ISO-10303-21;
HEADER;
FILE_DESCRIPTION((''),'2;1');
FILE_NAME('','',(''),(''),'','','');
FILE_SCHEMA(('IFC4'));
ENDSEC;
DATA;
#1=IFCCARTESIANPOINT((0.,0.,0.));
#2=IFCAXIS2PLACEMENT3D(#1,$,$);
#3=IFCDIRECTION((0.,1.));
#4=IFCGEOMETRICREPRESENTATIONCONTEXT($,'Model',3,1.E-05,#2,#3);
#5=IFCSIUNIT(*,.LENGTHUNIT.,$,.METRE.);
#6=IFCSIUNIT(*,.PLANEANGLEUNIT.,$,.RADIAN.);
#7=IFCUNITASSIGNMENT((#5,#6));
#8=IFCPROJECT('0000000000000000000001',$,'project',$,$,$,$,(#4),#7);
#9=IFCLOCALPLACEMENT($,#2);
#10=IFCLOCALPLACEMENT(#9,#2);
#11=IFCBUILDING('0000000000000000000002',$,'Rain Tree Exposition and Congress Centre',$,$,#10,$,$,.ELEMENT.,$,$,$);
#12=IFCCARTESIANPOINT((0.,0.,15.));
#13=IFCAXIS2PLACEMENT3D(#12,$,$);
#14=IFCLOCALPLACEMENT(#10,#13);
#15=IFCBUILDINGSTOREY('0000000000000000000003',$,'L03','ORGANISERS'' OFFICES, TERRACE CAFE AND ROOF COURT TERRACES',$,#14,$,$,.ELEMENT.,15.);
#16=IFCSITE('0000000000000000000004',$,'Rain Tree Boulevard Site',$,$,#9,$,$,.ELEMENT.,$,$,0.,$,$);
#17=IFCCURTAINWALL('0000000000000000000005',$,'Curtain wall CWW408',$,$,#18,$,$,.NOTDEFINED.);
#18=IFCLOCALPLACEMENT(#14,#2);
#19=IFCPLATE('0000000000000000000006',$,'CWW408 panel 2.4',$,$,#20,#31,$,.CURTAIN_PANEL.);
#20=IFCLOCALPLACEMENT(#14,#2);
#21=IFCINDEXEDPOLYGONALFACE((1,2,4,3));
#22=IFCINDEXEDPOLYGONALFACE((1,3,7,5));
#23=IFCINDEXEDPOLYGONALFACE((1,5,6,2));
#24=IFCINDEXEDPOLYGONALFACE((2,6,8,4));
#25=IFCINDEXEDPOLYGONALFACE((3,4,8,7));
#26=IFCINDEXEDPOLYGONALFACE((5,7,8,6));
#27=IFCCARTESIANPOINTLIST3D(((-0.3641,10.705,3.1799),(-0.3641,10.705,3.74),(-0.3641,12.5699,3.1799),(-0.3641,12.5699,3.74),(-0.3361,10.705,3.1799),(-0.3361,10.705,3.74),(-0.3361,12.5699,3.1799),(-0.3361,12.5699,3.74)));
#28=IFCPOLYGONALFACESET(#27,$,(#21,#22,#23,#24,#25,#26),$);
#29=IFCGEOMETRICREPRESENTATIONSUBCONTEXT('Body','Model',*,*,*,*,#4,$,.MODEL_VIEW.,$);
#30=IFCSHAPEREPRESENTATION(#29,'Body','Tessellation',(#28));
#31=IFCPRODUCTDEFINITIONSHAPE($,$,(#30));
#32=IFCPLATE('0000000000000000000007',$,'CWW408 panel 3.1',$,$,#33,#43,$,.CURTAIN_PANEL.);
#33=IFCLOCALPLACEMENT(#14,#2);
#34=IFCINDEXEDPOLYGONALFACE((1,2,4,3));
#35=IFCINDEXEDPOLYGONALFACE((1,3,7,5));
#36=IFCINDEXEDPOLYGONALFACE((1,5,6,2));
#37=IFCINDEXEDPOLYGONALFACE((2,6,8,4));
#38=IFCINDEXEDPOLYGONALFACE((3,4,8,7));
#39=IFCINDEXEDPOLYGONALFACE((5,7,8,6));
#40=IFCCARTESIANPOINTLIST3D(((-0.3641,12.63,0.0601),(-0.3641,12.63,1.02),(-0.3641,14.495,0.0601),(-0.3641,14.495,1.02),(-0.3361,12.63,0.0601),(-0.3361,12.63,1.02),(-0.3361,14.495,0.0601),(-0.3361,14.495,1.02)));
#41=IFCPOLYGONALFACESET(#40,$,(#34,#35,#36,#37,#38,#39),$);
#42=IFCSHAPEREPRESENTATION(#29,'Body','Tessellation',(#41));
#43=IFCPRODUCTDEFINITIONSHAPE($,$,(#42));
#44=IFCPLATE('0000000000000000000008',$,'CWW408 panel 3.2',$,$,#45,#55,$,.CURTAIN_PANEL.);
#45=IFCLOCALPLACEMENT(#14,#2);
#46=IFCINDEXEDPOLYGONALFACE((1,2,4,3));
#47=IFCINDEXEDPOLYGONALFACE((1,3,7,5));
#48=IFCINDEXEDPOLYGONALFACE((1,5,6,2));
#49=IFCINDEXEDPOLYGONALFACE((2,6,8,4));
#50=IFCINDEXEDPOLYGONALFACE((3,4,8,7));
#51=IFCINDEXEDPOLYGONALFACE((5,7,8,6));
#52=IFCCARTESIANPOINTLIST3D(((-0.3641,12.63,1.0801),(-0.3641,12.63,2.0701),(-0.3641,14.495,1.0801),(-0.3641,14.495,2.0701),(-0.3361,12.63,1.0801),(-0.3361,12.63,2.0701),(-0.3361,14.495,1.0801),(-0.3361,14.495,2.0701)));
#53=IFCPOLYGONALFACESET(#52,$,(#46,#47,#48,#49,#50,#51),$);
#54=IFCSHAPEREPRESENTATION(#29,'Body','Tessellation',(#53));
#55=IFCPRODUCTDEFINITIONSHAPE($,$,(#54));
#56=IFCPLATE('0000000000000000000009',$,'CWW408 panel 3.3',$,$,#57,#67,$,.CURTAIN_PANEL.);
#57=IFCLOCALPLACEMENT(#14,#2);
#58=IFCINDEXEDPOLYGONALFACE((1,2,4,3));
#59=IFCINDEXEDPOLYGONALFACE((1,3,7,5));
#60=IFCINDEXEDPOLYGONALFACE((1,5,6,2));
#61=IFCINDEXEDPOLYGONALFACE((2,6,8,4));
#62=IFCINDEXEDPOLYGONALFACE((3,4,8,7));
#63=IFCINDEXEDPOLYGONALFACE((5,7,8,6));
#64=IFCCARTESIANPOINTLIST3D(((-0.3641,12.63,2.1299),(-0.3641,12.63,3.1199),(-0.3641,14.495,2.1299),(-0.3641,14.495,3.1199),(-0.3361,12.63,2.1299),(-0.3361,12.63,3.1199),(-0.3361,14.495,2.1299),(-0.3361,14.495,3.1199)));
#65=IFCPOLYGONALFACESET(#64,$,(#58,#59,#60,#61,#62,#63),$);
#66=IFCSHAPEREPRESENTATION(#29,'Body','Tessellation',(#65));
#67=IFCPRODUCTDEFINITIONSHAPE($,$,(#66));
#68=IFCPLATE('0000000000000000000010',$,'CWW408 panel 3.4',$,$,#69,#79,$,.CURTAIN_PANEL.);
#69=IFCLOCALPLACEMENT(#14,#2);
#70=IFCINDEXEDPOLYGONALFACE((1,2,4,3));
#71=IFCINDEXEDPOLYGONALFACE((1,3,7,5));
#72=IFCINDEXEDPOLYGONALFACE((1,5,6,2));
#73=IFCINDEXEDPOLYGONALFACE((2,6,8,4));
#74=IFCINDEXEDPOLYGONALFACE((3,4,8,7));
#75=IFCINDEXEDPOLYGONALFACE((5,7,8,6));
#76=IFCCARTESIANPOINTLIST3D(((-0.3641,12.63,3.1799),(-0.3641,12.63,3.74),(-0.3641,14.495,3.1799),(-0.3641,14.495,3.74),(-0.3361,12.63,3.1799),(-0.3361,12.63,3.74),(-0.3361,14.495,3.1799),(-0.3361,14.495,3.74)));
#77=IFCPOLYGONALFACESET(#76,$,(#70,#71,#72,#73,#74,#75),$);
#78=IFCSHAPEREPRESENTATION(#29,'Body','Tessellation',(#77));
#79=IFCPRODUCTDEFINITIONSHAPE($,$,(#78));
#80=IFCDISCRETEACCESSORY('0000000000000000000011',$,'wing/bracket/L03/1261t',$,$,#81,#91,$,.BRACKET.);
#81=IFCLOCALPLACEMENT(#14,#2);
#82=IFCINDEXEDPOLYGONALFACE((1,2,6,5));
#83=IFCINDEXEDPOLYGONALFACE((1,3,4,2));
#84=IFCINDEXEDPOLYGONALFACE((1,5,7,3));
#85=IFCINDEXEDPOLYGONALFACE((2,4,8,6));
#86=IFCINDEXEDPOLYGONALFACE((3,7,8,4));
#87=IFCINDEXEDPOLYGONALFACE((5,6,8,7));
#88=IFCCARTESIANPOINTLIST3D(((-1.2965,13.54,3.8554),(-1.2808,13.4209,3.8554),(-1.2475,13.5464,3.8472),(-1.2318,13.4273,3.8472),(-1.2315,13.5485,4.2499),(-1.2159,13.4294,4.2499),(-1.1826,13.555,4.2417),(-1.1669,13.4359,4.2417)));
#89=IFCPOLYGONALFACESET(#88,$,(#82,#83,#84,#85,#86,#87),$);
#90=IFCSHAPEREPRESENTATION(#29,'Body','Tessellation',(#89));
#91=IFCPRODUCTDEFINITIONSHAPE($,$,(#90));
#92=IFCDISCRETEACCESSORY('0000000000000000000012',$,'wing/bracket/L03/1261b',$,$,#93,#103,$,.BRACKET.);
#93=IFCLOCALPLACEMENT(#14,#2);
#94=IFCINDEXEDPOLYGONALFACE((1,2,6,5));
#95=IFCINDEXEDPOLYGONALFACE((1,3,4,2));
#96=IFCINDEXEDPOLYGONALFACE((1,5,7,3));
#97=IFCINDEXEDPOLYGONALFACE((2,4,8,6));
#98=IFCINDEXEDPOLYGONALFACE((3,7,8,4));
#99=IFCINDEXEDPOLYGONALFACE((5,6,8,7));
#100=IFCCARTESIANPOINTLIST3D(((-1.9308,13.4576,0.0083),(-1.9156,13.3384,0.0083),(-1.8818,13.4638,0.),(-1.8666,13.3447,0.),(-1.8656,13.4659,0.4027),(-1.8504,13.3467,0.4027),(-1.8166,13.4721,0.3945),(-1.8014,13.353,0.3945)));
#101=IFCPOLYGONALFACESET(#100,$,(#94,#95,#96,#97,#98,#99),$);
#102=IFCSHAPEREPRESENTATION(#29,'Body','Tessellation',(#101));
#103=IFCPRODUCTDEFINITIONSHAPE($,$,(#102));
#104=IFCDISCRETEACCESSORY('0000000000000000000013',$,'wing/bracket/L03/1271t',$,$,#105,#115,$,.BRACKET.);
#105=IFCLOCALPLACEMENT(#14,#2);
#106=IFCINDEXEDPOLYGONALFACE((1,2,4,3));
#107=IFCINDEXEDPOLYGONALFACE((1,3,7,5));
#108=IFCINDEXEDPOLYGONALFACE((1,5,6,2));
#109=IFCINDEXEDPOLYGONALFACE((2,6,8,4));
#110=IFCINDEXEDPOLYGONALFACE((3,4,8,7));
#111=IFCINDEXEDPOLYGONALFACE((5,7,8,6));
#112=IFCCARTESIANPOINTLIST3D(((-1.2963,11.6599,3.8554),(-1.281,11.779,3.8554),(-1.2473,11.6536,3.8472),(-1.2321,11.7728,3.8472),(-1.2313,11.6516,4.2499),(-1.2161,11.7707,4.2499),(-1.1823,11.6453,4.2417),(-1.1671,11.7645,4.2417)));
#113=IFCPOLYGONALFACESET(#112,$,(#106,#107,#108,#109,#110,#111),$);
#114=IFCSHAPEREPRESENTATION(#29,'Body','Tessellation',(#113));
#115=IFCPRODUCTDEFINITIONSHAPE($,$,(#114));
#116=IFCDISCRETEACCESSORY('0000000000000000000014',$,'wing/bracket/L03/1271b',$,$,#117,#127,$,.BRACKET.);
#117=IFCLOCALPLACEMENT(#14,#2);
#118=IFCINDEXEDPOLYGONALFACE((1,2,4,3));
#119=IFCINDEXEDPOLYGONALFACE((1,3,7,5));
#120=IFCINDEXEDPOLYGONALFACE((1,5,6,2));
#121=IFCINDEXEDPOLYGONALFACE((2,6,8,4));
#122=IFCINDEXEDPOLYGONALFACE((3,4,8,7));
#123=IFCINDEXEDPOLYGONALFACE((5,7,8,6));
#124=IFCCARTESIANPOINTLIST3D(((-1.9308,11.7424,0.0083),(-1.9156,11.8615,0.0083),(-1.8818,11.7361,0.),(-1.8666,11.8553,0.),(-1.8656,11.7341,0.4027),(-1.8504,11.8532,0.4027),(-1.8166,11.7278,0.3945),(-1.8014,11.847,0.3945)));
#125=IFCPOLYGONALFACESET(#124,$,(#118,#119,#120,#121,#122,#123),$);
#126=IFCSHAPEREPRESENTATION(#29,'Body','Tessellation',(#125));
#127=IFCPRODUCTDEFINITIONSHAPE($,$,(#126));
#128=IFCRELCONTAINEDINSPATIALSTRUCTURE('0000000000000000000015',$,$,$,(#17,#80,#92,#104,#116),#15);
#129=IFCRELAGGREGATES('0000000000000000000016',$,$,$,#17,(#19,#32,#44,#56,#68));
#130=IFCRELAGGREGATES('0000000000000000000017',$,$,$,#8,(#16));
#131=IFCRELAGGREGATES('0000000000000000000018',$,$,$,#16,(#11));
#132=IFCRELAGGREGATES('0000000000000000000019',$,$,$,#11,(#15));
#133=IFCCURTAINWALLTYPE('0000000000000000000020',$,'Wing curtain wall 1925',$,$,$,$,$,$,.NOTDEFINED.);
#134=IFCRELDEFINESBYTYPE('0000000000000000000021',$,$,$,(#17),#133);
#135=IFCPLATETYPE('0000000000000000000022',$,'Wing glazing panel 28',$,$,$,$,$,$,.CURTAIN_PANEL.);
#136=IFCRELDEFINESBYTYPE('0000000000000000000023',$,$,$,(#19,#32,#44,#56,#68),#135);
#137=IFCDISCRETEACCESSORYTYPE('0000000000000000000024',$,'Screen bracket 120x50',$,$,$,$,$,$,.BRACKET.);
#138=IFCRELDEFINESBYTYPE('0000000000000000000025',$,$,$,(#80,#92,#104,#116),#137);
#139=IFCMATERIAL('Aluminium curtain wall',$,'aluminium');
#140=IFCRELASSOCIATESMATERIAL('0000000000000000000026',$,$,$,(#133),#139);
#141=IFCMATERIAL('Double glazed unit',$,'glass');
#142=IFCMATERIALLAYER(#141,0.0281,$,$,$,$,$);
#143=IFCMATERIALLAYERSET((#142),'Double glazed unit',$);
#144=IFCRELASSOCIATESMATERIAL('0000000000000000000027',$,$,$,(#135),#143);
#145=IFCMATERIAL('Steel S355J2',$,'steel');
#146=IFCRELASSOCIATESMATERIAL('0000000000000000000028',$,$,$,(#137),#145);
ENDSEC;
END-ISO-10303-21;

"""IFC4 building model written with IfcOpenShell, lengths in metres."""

from ifc_helpers import new_model, si_unit, direction, frame, origin, origin_2d, place, context, subcontext, project, spatial, rectangle, extrude, material, layer, layer_set, material_profile, profile_set, type_object, element, aggregate, save


model = new_model("IFC4")

# Units and contexts
model_context = context("Model", 3, precision=1e-05, world=origin(), true_north=direction((0.0, 1.0)))
body_context = subcontext(model_context, "Body", "Model", "MODEL_VIEW")
ifc_project = project(units=[si_unit("LENGTHUNIT", "METRE"), si_unit("PLANEANGLEUNIT", "RADIAN")], contexts=[model_context])

# Site, building, storey
site_placement = place(None, origin())
site = spatial("IfcSite", under=ifc_project, at=site_placement, Name="Rain Tree Boulevard Site", CompositionType="ELEMENT", RefElevation=0.0)
building_placement = place(site_placement, origin())
building = spatial("IfcBuilding", under=site, at=building_placement, Name="Rain Tree Exposition and Congress Centre", CompositionType="ELEMENT")
storey_placement = place(building_placement, frame((0.0, 0.0, 15.0)))
storey = spatial("IfcBuildingStorey", under=building, at=storey_placement, Name="L03", Description="ORGANISERS' OFFICES, TERRACE CAFE AND ROOF COURT TERRACES", CompositionType="ELEMENT", Elevation=15.0)

# Curtain wall, plates
ifc_material_1 = material(Name="Aluminium curtain wall", Category="aluminium")
curtain_wall_type = type_object("IfcCurtainWallType", Name="Wing curtain wall 1925", PredefinedType="NOTDEFINED", material=ifc_material_1)
curtain_wall_placement = place(storey_placement, origin())
curtain_wall = element("IfcCurtainWall", 1, at=curtain_wall_placement, inside=storey, type_object=curtain_wall_type, Name="Curtain wall CWW408", PredefinedType="NOTDEFINED")
ifc_material_2 = material(Name="Double glazed unit", Category="glass")
ifc_layer_1 = layer(ifc_material_2, 0.0281)
ifc_layer_set_1 = layer_set([ifc_layer_1], Name="Double glazed unit")
plate_type = type_object("IfcPlateType", Name="Wing glazing panel 28", PredefinedType="CURTAIN_PANEL", material=ifc_layer_set_1)
plate_1_placement = place(storey_placement, frame((-0.3501, 11.6375, 3.1799), z_axis=(0.0, 0.0, 1.0), x_axis=(0.0, 1.0, 0.0)))
plate_1 = element("IfcPlate", 2, at=plate_1_placement, type_object=plate_type, Name="CWW408 panel 2.4", PredefinedType="CURTAIN_PANEL", context=body_context, shape_type="SweptSolid", body=[
    extrude(rectangle(XDim=1.865, YDim=0.0281, at=origin_2d()), origin(), (0.0, 0.0, 1.0), 0.5601),
])
plate_2_placement = place(storey_placement, frame((-0.3501, 13.5625, 0.0601), z_axis=(0.0, 0.0, 1.0), x_axis=(0.0, 1.0, 0.0)))
plate_2 = element("IfcPlate", 3, at=plate_2_placement, type_object=plate_type, Name="CWW408 panel 3.1", PredefinedType="CURTAIN_PANEL", context=body_context, shape_type="SweptSolid", body=[
    extrude(rectangle(XDim=1.865, YDim=0.0281, at=origin_2d()), origin(), (0.0, 0.0, 1.0), 0.96),
])
plate_3_placement = place(storey_placement, frame((-0.3501, 13.5625, 1.0801), z_axis=(0.0, 0.0, 1.0), x_axis=(0.0, 1.0, 0.0)))
plate_3 = element("IfcPlate", 4, at=plate_3_placement, type_object=plate_type, Name="CWW408 panel 3.2", PredefinedType="CURTAIN_PANEL", context=body_context, shape_type="SweptSolid", body=[
    extrude(rectangle(XDim=1.865, YDim=0.0281, at=origin_2d()), origin(), (0.0, 0.0, 1.0), 0.99),
])
plate_4_placement = place(storey_placement, frame((-0.3501, 13.5625, 2.1299), z_axis=(0.0, 0.0, 1.0), x_axis=(0.0, 1.0, 0.0)))
plate_4 = element("IfcPlate", 5, at=plate_4_placement, type_object=plate_type, Name="CWW408 panel 3.3", PredefinedType="CURTAIN_PANEL", context=body_context, shape_type="SweptSolid", body=[
    extrude(rectangle(XDim=1.865, YDim=0.0281, at=origin_2d()), origin(), (0.0, 0.0, 1.0), 0.99),
])
plate_5_placement = place(storey_placement, frame((-0.3501, 13.5625, 3.1799), z_axis=(0.0, 0.0, 1.0), x_axis=(0.0, 1.0, 0.0)))
plate_5 = element("IfcPlate", 6, at=plate_5_placement, type_object=plate_type, Name="CWW408 panel 3.4", PredefinedType="CURTAIN_PANEL", context=body_context, shape_type="SweptSolid", body=[
    extrude(rectangle(XDim=1.865, YDim=0.0281, at=origin_2d()), origin(), (0.0, 0.0, 1.0), 0.5601),
])
aggregate(curtain_wall, [plate_1, plate_2, plate_3, plate_4, plate_5])

# Discrete accessories
ifc_material_3 = material(Name="Steel S355J2", Category="steel")
ifc_material_profile_1 = material_profile(ifc_material_3, rectangle(XDim=0.1201, YDim=0.05, at=origin_2d()), Name="Flat bar 120x50")
ifc_profile_set_1 = profile_set([ifc_material_profile_1], Name="Steel S355J2")
discrete_accessory_type = type_object("IfcDiscreteAccessoryType", Name="Screen bracket 120x50", PredefinedType="BRACKET", material=ifc_profile_set_1)
for number, where, z_axis, x_axis, name in (
    (7, (-1.2642, 13.4836, 3.8513), (0.162381, 0.021366, 0.986497), (-0.130455, 0.991454, 0.0), "wing/bracket/L03/1261t"),
    (8, (-1.8987, 13.4011, 0.0042), (0.162978, 0.020754, 0.986411), (-0.126321, 0.991989, 0.0), "wing/bracket/L03/1261b"),
    (9, (-1.2642, 11.7163, 3.8513), (0.162383, -0.020756, 0.986509), (0.126788, 0.99193, 0.0), "wing/bracket/L03/1271t"),
    (10, (-1.8987, 11.7988, 0.0042), (0.162978, -0.020754, 0.986411), (0.126321, 0.991989, 0.0), "wing/bracket/L03/1271b"),
):
    element("IfcDiscreteAccessory", number, at=place(storey_placement, frame(where, z_axis=z_axis, x_axis=x_axis)), inside=storey, type_object=discrete_accessory_type, Name=name, PredefinedType="BRACKET", context=body_context, shape_type="SweptSolid", body=[
        extrude(rectangle(XDim=0.1201, YDim=0.05, at=origin_2d()), origin(), (0.0, 0.0, 1.0), 0.3999),
    ])

save(model, "model.ifc")
